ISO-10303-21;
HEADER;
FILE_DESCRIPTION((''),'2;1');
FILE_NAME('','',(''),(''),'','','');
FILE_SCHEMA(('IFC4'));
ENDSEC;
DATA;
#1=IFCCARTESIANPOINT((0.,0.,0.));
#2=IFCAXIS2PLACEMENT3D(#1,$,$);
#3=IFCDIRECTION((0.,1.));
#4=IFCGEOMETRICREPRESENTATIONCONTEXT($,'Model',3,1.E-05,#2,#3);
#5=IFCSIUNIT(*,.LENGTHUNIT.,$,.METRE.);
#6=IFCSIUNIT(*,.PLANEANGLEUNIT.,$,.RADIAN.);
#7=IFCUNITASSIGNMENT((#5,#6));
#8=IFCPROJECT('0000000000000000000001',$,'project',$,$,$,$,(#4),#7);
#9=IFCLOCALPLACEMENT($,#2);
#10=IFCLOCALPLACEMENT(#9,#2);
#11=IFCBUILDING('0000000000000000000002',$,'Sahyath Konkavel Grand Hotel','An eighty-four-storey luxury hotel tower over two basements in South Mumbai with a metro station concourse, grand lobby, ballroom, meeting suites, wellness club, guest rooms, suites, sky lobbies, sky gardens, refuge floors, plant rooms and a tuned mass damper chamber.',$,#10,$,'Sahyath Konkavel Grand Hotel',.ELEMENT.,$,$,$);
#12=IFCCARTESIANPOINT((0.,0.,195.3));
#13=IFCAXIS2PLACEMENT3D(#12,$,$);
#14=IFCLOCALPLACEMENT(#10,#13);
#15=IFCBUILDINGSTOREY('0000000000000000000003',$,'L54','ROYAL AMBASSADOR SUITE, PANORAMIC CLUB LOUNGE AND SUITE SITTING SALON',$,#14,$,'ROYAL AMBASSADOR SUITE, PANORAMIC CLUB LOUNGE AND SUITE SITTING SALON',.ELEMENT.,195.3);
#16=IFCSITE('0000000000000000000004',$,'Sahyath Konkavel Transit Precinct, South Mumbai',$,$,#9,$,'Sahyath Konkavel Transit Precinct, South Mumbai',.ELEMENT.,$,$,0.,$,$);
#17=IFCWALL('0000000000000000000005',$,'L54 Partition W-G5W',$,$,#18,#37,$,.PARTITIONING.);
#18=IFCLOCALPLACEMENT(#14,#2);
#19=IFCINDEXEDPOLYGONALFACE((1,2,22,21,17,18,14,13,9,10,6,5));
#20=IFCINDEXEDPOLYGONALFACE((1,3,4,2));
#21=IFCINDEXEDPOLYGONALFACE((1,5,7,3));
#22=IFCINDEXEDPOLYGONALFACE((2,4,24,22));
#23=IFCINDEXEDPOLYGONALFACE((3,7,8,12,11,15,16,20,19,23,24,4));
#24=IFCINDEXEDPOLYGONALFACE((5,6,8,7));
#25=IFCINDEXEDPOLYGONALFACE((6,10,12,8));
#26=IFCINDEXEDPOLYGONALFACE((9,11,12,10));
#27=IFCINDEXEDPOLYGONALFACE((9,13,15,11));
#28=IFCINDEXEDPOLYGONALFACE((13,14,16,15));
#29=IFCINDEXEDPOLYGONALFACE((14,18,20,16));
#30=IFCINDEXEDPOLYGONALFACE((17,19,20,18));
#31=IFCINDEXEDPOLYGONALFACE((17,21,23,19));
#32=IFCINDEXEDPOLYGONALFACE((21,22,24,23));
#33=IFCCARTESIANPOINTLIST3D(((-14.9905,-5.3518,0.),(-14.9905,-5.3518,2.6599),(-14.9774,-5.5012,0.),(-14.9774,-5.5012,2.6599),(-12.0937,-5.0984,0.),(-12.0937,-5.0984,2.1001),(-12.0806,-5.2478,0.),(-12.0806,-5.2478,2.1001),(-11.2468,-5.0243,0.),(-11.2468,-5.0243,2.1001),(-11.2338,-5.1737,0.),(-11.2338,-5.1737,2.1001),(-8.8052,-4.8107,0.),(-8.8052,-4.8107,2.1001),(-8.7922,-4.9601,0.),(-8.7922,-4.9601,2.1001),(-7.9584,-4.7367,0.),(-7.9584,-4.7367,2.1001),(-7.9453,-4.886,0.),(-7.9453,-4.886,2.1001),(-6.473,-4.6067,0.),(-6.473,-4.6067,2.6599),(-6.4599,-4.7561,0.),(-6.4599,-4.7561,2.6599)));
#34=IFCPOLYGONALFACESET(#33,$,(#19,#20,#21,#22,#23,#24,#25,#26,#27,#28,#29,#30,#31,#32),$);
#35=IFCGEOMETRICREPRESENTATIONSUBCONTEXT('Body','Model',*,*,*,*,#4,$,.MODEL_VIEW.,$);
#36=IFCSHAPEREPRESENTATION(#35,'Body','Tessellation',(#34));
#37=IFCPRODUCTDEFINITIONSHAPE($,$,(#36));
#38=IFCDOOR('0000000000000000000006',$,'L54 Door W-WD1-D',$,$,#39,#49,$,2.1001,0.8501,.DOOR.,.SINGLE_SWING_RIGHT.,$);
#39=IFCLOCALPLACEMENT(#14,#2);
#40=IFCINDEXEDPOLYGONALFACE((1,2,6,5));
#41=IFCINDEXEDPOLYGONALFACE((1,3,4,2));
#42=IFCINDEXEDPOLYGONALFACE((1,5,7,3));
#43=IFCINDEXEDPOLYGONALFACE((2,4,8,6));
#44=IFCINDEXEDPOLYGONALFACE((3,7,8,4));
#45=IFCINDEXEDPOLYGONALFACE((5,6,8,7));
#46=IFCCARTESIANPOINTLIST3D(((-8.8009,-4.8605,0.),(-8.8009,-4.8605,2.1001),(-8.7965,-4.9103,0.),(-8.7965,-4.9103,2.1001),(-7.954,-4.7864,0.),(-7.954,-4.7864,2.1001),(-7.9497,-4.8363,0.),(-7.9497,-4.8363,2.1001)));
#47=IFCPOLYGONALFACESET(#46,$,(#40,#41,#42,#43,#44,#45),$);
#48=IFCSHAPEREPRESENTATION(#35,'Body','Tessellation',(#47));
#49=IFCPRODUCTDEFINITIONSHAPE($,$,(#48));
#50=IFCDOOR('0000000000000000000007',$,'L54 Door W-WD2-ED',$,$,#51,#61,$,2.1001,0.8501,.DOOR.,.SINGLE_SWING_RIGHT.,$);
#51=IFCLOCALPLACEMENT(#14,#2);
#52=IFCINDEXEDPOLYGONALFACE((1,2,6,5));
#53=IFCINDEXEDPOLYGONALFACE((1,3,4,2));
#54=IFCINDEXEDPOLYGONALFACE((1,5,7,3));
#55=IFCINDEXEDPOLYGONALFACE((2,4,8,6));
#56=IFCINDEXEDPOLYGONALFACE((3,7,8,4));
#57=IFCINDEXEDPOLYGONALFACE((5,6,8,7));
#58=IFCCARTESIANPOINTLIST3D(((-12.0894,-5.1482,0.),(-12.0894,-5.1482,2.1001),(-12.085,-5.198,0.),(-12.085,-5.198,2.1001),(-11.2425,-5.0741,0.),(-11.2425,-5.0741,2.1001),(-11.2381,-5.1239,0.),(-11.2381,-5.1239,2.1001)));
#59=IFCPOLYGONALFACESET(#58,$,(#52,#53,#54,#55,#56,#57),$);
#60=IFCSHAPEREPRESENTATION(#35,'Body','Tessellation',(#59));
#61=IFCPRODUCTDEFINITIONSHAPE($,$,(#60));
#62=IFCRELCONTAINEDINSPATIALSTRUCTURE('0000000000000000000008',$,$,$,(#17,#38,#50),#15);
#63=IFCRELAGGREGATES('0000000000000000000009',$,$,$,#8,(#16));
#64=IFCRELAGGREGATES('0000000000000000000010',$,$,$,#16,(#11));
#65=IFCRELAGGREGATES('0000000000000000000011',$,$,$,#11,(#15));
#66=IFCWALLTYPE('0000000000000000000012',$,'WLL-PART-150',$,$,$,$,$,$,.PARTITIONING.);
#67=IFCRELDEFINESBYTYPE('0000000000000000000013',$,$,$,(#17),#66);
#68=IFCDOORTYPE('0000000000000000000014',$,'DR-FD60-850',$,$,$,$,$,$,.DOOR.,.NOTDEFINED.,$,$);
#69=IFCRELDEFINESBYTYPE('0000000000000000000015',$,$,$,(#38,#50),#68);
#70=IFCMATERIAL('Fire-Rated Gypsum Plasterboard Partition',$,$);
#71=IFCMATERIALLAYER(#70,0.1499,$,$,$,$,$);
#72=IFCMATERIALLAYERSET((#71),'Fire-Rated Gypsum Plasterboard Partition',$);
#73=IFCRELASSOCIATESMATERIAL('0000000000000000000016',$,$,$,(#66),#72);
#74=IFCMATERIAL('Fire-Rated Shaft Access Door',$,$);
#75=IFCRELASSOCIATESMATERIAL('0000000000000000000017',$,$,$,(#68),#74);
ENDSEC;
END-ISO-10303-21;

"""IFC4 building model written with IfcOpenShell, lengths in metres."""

from ifc_helpers import new_model, si_unit, direction, frame, frame_2d, origin, origin_2d, place, context, subcontext, project, spatial, rectangle, extrude, source, transform, mapped, material, layer, layer_set, type_object, element, fill, save


model = new_model("IFC4")

# Units and contexts
model_context = context("Model", 3, precision=1e-05, world=origin(), true_north=direction((0.0, 1.0)))
body_context = subcontext(model_context, "Body", "Model", "MODEL_VIEW")
ifc_project = project(units=[si_unit("LENGTHUNIT", "METRE"), si_unit("PLANEANGLEUNIT", "RADIAN")], contexts=[model_context])

# Site, building, storey
site_placement = place(None, origin())
site = spatial("IfcSite", under=ifc_project, at=site_placement, Name="Sahyath Konkavel Transit Precinct, South Mumbai", LongName="Sahyath Konkavel Transit Precinct, South Mumbai", CompositionType="ELEMENT", RefElevation=0.0)
building_placement = place(site_placement, origin())
building = spatial("IfcBuilding", under=site, at=building_placement, Name="Sahyath Konkavel Grand Hotel", Description="An eighty-four-storey luxury hotel tower over two basements in South Mumbai with a metro station concourse, grand lobby, ballroom, meeting suites, wellness club, guest rooms, suites, sky lobbies, sky gardens, refuge floors, plant rooms and a tuned mass damper chamber.", LongName="Sahyath Konkavel Grand Hotel", CompositionType="ELEMENT")
storey_placement = place(building_placement, frame((0.0, 0.0, 195.3)))
storey = spatial("IfcBuildingStorey", under=building, at=storey_placement, Name="L54", Description="ROYAL AMBASSADOR SUITE, PANORAMIC CLUB LOUNGE AND SUITE SITTING SALON", LongName="ROYAL AMBASSADOR SUITE, PANORAMIC CLUB LOUNGE AND SUITE SITTING SALON", CompositionType="ELEMENT", Elevation=195.3)

# Shared definitions
ifc_material_1 = material(Name="Fire-Rated Gypsum Plasterboard Partition")
ifc_layer_1 = layer(ifc_material_1, 0.1499)
ifc_layer_set_1 = layer_set([ifc_layer_1], Name="Fire-Rated Gypsum Plasterboard Partition")
wall_type_1 = type_object("IfcWallType", Name="WLL-PART-150", PredefinedType="PARTITIONING", material=ifc_layer_set_1)

# Wall, openings, doors
wall_1_placement = place(storey_placement, frame((-6.4666, -4.6814, 0.0), z_axis=(0.0, 0.0, 1.0), x_axis=(-0.996195, -0.087147, 0.0)))
wall_1 = element("IfcWall", 1, at=wall_1_placement, inside=storey, type_object=wall_type_1, Name="L54 Partition W-G5W", PredefinedType="PARTITIONING", context=body_context, shape_type="SweptSolid", body=[
    extrude(rectangle(XDim=8.55, YDim=0.1499, at=frame_2d((4.2749, 0.0))), origin(), (0.0, 0.0, 1.0), 2.6599),
])
opening_1_placement = place(wall_1_placement, frame((1.491, 0.0, 0.0)))
opening_1 = element("IfcOpeningElement", 2, at=opening_1_placement, cuts=wall_1, PredefinedType="OPENING", context=body_context, shape_type="SweptSolid", body=[
    extrude(rectangle(XDim=0.8501, YDim=2.1001, at=frame_2d((0.425, 1.05))), frame((0.0, 0.085, 0.0), z_axis=(0.0, -1.0, 0.0), x_axis=(1.0, 0.0, 0.0)), (0.0, 0.0, 1.0), 0.1699),
])
opening_2_placement = place(wall_1_placement, frame((4.792, 0.0, 0.0)))
opening_2 = element("IfcOpeningElement", 3, at=opening_2_placement, cuts=wall_1, PredefinedType="OPENING", context=body_context, shape_type="SweptSolid", body=[
    extrude(rectangle(XDim=0.8501, YDim=2.1001, at=frame_2d((0.425, 1.05))), frame((0.0, 0.085, 0.0), z_axis=(0.0, -1.0, 0.0), x_axis=(1.0, 0.0, 0.0)), (0.0, 0.0, 1.0), 0.1699),
])
ifc_material_2 = material(Name="Fire-Rated Shaft Access Door")
door_type_1 = type_object("IfcDoorType", Name="DR-FD60-850", OperationType="NOTDEFINED", PredefinedType="DOOR", material=ifc_material_2)
shared_shape_1 = source(origin(), body_context, "Body", "SweptSolid", [
    extrude(rectangle(XDim=0.8501, YDim=0.05, at=origin_2d()), origin(), (0.0, 0.0, 1.0), 2.1001),
])
door_1_placement = place(opening_1_placement, frame((0.425, 0.0, 0.0)))
door_1 = element("IfcDoor", 4, at=door_1_placement, inside=storey, type_object=door_type_1, Name="L54 Door W-WD1-D", OperationType="SINGLE_SWING_RIGHT", OverallHeight=2.1001, OverallWidth=0.8501, PredefinedType="DOOR", context=body_context, shape_type="MappedRepresentation", body=[
    mapped(shared_shape_1, transform((0.0, 0.0, 0.0), scale=1.0)),
])
fill(opening_1, door_1)
door_2_placement = place(opening_2_placement, frame((0.425, 0.0, 0.0)))
door_2 = element("IfcDoor", 5, at=door_2_placement, inside=storey, type_object=door_type_1, Name="L54 Door W-WD2-ED", OperationType="SINGLE_SWING_RIGHT", OverallHeight=2.1001, OverallWidth=0.8501, PredefinedType="DOOR", context=body_context, shape_type="MappedRepresentation", body=[
    mapped(shared_shape_1, transform((0.0, 0.0, 0.0), scale=1.0)),
])
fill(opening_2, door_2)

save(model, "model.ifc")
